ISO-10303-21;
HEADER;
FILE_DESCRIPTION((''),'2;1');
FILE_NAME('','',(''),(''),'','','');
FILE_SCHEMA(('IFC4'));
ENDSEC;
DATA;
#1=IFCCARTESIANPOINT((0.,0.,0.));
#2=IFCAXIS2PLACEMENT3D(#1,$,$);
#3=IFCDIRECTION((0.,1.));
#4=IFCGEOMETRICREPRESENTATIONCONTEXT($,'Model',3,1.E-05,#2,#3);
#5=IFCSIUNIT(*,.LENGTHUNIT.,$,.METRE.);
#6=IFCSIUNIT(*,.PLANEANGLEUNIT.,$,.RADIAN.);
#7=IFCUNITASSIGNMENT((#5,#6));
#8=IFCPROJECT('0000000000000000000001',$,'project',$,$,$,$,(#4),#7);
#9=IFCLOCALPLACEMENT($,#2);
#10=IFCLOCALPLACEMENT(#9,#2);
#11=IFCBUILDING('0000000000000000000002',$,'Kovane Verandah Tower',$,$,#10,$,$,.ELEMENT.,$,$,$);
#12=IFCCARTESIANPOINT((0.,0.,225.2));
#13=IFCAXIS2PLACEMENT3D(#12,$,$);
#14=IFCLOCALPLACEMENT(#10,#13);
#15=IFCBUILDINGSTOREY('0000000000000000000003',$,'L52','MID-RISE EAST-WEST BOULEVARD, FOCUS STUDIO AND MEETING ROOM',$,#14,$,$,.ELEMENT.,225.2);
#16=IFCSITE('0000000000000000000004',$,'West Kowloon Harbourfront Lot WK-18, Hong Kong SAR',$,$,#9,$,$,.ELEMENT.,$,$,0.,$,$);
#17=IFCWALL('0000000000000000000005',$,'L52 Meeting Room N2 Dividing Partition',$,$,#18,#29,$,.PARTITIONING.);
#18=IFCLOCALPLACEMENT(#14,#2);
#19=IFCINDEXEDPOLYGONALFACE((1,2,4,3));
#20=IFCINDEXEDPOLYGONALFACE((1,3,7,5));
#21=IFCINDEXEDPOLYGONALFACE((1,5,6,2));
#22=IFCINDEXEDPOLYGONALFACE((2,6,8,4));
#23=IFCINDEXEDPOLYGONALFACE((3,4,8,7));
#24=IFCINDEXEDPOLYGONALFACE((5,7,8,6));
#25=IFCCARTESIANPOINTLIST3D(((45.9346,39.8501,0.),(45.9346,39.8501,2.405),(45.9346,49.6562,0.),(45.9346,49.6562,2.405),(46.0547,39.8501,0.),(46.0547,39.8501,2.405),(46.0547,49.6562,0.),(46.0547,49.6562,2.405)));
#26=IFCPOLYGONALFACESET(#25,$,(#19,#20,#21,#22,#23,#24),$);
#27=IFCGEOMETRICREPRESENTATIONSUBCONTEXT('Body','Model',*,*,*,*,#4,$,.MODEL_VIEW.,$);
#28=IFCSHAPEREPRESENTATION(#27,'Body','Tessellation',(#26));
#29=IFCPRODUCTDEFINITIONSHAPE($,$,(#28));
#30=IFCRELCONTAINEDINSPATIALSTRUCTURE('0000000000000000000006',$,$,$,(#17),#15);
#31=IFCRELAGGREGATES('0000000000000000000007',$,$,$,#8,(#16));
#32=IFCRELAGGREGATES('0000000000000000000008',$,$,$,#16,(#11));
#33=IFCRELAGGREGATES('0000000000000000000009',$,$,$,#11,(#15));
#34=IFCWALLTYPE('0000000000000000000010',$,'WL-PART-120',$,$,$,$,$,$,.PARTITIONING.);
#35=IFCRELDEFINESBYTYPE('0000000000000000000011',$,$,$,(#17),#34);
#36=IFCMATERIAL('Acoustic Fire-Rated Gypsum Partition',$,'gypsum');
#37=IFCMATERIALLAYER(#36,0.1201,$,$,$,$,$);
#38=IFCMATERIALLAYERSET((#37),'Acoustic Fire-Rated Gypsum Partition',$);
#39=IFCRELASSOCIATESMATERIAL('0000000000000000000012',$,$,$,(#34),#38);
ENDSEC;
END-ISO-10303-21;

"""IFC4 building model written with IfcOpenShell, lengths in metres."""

from ifc_helpers import new_model, si_unit, direction, frame, frame_2d, origin, place, context, subcontext, project, spatial, rectangle, extrude, material, layer, layer_set, type_object, element, save


model = new_model("IFC4")

# Units and contexts
model_context = context("Model", 3, precision=1e-05, world=origin(), true_north=direction((0.0, 1.0)))
body_context = subcontext(model_context, "Body", "Model", "MODEL_VIEW")
ifc_project = project(units=[si_unit("LENGTHUNIT", "METRE"), si_unit("PLANEANGLEUNIT", "RADIAN")], contexts=[model_context])

# Site, building, storey
site_placement = place(None, origin())
site = spatial("IfcSite", under=ifc_project, at=site_placement, Name="West Kowloon Harbourfront Lot WK-18, Hong Kong SAR", CompositionType="ELEMENT", RefElevation=0.0)
building_placement = place(site_placement, origin())
building = spatial("IfcBuilding", under=site, at=building_placement, Name="Kovane Verandah Tower", CompositionType="ELEMENT")
storey_placement = place(building_placement, frame((0.0, 0.0, 225.2)))
storey = spatial("IfcBuildingStorey", under=building, at=storey_placement, Name="L52", Description="MID-RISE EAST-WEST BOULEVARD, FOCUS STUDIO AND MEETING ROOM", CompositionType="ELEMENT", Elevation=225.2)

# Wall
ifc_material_1 = material(Name="Acoustic Fire-Rated Gypsum Partition", Category="gypsum")
ifc_layer_1 = layer(ifc_material_1, 0.1201)
ifc_layer_set_1 = layer_set([ifc_layer_1], Name="Acoustic Fire-Rated Gypsum Partition")
wall_type_1 = type_object("IfcWallType", Name="WL-PART-120", PredefinedType="PARTITIONING", material=ifc_layer_set_1)
wall_1_placement = place(storey_placement, frame((45.9946, 39.8501, 0.0), z_axis=(0.0, 0.0, 1.0), x_axis=(0.0, 1.0, 0.0)))
element("IfcWall", 1, at=wall_1_placement, inside=storey, type_object=wall_type_1, Name="L52 Meeting Room N2 Dividing Partition", PredefinedType="PARTITIONING", context=body_context, shape_type="SweptSolid", body=[
    extrude(rectangle(XDim=9.8062, YDim=0.1201, at=frame_2d((4.9031, 0.0))), origin(), (0.0, 0.0, 1.0), 2.405),
])

save(model, "model.ifc")
